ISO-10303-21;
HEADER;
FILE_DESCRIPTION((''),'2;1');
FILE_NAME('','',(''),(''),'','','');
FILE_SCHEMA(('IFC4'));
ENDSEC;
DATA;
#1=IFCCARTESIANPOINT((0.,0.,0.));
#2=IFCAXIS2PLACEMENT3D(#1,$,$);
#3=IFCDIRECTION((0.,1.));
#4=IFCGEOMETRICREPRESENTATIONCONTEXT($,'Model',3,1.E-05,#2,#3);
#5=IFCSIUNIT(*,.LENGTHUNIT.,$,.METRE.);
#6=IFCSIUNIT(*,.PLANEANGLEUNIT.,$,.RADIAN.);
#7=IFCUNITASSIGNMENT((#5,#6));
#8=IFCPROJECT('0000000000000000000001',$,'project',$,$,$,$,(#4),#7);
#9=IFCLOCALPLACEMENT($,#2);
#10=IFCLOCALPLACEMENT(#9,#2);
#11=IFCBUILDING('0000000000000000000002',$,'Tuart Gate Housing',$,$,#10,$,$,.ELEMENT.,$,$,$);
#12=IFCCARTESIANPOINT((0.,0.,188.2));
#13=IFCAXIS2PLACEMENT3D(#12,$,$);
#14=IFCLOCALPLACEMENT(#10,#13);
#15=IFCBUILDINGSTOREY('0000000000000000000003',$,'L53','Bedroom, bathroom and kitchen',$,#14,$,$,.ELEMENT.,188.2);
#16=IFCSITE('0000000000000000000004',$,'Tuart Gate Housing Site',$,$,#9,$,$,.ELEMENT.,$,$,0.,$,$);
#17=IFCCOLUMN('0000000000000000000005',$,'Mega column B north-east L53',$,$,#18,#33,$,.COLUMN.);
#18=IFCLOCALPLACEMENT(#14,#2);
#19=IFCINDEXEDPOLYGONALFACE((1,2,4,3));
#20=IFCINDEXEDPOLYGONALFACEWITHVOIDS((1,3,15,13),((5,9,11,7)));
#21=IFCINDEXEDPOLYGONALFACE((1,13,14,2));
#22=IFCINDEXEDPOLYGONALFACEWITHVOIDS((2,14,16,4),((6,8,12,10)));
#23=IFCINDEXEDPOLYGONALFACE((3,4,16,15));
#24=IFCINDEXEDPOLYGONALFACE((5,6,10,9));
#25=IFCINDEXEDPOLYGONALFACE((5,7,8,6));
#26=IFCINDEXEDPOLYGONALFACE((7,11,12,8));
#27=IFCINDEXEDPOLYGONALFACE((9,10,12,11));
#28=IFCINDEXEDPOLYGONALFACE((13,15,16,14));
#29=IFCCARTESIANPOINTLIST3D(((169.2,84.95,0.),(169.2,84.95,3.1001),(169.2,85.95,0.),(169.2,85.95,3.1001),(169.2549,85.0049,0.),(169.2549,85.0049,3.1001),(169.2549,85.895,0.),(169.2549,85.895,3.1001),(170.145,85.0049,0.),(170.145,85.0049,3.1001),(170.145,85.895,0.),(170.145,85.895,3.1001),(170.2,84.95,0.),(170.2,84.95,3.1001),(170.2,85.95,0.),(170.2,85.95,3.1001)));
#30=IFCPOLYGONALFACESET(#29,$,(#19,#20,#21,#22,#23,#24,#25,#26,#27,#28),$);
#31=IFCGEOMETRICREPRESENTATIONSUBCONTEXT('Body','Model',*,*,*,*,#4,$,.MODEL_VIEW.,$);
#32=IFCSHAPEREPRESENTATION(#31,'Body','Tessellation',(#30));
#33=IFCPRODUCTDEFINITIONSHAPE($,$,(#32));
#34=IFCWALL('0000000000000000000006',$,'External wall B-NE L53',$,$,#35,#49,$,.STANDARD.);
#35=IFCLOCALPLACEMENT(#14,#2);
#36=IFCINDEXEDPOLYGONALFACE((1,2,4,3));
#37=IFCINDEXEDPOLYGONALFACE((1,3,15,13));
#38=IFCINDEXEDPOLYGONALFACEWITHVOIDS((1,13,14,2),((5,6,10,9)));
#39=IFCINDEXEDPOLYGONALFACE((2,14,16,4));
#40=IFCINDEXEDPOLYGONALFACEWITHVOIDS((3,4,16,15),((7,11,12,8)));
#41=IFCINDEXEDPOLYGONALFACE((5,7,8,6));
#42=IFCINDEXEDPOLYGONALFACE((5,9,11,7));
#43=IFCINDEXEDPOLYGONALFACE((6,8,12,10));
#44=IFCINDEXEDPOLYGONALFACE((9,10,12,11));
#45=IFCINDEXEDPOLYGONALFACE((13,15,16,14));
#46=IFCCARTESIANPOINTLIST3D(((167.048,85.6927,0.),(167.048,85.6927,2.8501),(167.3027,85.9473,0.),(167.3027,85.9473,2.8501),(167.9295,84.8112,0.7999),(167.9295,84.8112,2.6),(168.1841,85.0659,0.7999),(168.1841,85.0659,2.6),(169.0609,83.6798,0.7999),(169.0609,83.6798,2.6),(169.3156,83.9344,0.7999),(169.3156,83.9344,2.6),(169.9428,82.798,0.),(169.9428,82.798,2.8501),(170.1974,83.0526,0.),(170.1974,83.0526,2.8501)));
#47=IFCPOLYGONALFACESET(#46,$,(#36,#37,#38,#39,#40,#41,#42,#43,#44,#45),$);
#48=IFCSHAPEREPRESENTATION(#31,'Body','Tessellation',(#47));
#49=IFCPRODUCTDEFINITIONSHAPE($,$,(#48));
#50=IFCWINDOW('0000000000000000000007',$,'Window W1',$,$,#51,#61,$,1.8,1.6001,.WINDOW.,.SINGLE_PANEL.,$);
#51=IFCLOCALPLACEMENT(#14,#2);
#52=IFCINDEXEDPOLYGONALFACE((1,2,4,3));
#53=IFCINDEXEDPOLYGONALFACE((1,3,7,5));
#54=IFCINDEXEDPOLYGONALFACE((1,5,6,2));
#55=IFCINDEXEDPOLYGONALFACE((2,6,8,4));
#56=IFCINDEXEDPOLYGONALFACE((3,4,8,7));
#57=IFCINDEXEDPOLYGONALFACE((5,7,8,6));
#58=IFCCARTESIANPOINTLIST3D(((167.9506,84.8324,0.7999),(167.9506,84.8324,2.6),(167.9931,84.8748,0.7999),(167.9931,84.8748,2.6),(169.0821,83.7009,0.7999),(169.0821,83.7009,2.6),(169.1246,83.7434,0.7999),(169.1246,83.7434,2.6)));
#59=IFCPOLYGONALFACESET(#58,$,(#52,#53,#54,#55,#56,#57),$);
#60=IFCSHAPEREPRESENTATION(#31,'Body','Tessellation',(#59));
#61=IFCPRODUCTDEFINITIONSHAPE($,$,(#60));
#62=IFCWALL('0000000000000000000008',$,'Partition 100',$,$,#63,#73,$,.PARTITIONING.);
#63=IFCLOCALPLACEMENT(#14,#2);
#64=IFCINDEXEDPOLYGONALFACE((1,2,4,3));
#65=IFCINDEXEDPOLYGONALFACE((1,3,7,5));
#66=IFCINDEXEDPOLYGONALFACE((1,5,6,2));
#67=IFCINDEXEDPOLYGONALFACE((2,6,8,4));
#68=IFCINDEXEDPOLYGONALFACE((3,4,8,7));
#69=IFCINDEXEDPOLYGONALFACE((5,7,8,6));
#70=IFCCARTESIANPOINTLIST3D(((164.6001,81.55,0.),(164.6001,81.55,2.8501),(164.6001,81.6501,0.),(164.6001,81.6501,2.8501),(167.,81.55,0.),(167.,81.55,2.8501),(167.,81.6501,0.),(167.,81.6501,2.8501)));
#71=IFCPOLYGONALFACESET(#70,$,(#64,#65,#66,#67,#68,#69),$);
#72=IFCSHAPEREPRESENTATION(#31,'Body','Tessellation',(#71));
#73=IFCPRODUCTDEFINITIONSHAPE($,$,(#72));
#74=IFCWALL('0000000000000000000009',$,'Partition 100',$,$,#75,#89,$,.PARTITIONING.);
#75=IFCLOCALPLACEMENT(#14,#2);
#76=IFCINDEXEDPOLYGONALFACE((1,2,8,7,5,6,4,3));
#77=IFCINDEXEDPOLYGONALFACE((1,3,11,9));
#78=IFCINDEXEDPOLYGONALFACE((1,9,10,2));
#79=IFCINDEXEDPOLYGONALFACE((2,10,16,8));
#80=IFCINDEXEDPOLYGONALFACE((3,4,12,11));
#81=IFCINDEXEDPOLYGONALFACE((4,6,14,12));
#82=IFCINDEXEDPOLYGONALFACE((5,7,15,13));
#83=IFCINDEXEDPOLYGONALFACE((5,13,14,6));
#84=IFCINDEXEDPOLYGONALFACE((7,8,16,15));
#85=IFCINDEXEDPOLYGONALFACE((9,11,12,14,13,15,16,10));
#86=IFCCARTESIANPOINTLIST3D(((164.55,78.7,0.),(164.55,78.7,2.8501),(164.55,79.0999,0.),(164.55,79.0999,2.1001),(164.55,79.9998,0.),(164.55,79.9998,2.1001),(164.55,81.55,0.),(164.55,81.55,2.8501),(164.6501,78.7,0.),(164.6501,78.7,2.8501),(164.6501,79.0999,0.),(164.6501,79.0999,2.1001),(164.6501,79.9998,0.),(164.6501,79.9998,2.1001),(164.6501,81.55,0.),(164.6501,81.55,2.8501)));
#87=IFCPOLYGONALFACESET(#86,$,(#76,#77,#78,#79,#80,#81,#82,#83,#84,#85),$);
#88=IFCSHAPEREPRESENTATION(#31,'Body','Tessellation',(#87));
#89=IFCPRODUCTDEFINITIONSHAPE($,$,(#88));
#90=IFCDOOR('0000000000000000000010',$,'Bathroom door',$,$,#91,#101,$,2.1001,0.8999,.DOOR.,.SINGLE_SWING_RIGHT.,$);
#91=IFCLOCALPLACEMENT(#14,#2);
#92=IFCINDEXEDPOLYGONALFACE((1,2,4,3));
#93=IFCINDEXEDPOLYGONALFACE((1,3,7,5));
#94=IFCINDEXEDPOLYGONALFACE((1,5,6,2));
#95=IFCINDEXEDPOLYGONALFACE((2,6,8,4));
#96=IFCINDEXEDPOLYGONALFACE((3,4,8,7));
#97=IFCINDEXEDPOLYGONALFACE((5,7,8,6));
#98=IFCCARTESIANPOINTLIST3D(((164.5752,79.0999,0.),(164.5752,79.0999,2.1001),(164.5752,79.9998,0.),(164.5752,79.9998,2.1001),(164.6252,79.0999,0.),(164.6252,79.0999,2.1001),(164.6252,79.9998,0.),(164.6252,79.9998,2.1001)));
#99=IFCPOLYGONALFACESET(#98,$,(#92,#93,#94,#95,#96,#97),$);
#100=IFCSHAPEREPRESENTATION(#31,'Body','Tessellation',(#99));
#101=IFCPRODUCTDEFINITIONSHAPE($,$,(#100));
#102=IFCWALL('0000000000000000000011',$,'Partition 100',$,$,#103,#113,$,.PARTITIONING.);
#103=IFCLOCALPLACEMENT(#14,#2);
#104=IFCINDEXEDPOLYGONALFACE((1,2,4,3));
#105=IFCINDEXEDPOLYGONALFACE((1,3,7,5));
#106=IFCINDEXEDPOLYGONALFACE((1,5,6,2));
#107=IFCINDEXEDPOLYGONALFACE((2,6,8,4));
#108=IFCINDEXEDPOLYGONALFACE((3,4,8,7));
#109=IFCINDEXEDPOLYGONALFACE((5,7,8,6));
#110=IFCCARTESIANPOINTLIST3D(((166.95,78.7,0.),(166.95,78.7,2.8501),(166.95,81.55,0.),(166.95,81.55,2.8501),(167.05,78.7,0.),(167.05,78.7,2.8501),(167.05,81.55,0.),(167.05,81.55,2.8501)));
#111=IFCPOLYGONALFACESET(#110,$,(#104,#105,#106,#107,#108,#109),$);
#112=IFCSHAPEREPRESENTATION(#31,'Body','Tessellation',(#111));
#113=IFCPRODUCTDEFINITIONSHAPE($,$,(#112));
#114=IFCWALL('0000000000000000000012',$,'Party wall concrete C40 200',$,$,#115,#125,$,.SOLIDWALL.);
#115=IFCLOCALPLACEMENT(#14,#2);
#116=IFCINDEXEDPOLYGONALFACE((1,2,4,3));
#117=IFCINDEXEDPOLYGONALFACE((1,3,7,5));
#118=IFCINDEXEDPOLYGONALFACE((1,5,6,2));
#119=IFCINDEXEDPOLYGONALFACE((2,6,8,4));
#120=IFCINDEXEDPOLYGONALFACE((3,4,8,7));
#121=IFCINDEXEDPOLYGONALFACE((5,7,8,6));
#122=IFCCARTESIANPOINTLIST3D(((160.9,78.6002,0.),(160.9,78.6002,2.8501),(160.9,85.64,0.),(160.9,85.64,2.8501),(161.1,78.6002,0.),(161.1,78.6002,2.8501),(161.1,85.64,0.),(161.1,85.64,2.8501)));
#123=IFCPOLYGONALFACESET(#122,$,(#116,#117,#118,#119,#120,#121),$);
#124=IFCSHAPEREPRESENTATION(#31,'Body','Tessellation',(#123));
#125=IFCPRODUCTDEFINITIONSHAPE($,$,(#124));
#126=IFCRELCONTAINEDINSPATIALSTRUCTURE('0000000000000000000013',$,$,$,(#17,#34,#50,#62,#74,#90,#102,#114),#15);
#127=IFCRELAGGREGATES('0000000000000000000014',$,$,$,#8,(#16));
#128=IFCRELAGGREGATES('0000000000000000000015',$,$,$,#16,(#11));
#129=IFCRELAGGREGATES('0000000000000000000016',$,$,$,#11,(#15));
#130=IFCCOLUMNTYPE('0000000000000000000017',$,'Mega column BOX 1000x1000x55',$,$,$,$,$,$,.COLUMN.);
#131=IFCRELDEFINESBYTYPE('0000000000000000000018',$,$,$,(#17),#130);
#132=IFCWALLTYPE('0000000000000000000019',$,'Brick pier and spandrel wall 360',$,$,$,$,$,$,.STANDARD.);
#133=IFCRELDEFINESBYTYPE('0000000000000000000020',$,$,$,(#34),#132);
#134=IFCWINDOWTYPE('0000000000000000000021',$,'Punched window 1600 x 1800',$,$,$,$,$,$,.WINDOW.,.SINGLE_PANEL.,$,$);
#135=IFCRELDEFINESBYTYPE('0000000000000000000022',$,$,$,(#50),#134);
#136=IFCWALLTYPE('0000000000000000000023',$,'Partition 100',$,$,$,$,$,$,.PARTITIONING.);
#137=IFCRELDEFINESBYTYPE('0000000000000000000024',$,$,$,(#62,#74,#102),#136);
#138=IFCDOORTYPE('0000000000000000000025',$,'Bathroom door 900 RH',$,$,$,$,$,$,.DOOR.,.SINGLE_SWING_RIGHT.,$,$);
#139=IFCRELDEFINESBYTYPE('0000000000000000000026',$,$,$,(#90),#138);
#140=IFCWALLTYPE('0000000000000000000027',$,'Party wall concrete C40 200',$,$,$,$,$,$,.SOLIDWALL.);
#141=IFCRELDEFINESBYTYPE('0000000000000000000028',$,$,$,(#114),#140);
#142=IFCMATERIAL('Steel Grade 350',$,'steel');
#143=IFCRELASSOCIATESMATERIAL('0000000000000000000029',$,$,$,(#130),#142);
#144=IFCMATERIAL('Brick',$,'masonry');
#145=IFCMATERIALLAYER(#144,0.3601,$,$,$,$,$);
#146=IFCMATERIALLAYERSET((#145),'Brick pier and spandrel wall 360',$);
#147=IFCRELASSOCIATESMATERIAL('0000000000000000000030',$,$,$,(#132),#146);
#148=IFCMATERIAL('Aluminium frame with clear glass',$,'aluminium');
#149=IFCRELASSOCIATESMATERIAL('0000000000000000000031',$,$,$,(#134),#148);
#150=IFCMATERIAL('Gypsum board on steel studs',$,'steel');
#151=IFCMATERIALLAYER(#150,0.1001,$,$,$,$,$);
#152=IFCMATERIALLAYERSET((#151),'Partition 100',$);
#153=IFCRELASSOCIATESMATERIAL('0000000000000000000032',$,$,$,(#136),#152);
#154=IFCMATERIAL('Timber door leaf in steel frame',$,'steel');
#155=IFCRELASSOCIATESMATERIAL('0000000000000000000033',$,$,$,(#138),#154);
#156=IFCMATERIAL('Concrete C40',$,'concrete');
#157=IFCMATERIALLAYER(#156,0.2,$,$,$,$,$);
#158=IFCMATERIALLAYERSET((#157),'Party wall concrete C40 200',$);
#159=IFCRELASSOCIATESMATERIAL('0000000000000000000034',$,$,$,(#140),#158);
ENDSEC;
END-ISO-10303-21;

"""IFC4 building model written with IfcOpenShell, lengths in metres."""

from ifc_helpers import new_model, si_unit, direction, frame, frame_2d, origin, origin_2d, place, context, subcontext, project, spatial, rectangle, hollow_rectangle, extrude, material, layer, layer_set, material_profile, profile_set, type_object, element, fill, save


model = new_model("IFC4")

# Units and contexts
model_context = context("Model", 3, precision=1e-05, world=origin(), true_north=direction((0.0, 1.0)))
body_context = subcontext(model_context, "Body", "Model", "MODEL_VIEW")
ifc_project = project(units=[si_unit("LENGTHUNIT", "METRE"), si_unit("PLANEANGLEUNIT", "RADIAN")], contexts=[model_context])

# Site, building, storey
site_placement = place(None, origin())
site = spatial("IfcSite", under=ifc_project, at=site_placement, Name="Tuart Gate Housing Site", CompositionType="ELEMENT", RefElevation=0.0)
building_placement = place(site_placement, origin())
building = spatial("IfcBuilding", under=site, at=building_placement, Name="Tuart Gate Housing", CompositionType="ELEMENT")
storey_placement = place(building_placement, frame((0.0, 0.0, 188.2)))
storey = spatial("IfcBuildingStorey", under=building, at=storey_placement, Name="L53", Description="Bedroom, bathroom and kitchen", CompositionType="ELEMENT", Elevation=188.2)

# Column
ifc_material_1 = material(Name="Steel Grade 350", Category="steel")
ifc_material_profile = material_profile(ifc_material_1, hollow_rectangle(XDim=1.0, YDim=1.0, WallThickness=0.0549, at=origin_2d()), Name="BOX 1000x1000x55")
ifc_profile_set = profile_set([ifc_material_profile], Name="Steel Grade 350")
column_type = type_object("IfcColumnType", Name="Mega column BOX 1000x1000x55", PredefinedType="COLUMN", material=ifc_profile_set)
column_placement = place(storey_placement, frame((169.7, 85.45, 0.0), z_axis=(0.0, 0.0, 1.0), x_axis=(1.0, 0.0, 0.0)))
element("IfcColumn", 1, at=column_placement, inside=storey, type_object=column_type, Name="Mega column B north-east L53", PredefinedType="COLUMN", context=body_context, shape_type="SweptSolid", body=[
    extrude(hollow_rectangle(XDim=1.0, YDim=1.0, WallThickness=0.0549, at=origin_2d()), origin(), (0.0, 0.0, 1.0), 3.1001),
])

# Wall, opening, window
ifc_material_2 = material(Name="Brick", Category="masonry")
ifc_layer_1 = layer(ifc_material_2, 0.3601)
ifc_layer_set_1 = layer_set([ifc_layer_1], Name="Brick pier and spandrel wall 360")
wall_type_1 = type_object("IfcWallType", Name="Brick pier and spandrel wall 360", PredefinedType="STANDARD", material=ifc_layer_set_1)
wall_1_placement = place(storey_placement, frame((170.0701, 82.9253, 0.0), z_axis=(0.0, 0.0, 1.0), x_axis=(-0.707107, 0.707107, 0.0)))
wall_1 = element("IfcWall", 2, at=wall_1_placement, inside=storey, type_object=wall_type_1, Name="External wall B-NE L53", PredefinedType="STANDARD", context=body_context, shape_type="SweptSolid", body=[
    extrude(rectangle(XDim=4.0938, YDim=0.3601, at=frame_2d((2.0469, 0.0))), origin(), (0.0, 0.0, 1.0), 2.8501),
])
opening_1_placement = place(wall_1_placement, frame((1.2471, 0.0, 0.8)))
opening_1 = element("IfcOpeningElement", 3, at=opening_1_placement, cuts=wall_1, PredefinedType="OPENING", context=body_context, shape_type="SweptSolid", body=[
    extrude(rectangle(XDim=1.6001, YDim=1.8, at=frame_2d((0.8, 0.8999))), frame((0.0, 0.1899, 0.0), z_axis=(0.0, -1.0, 0.0), x_axis=(1.0, 0.0, 0.0)), (0.0, 0.0, 1.0), 0.3801),
])
ifc_material_3 = material(Name="Aluminium frame with clear glass", Category="aluminium")
window_type_1 = type_object("IfcWindowType", Name="Punched window 1600 x 1800", PartitioningType="SINGLE_PANEL", PredefinedType="WINDOW", material=ifc_material_3)
window_1_placement = place(opening_1_placement, origin())
window_1 = element("IfcWindow", 4, at=window_1_placement, inside=storey, type_object=window_type_1, Name="Window W1", OverallHeight=1.8, OverallWidth=1.6001, PartitioningType="SINGLE_PANEL", PredefinedType="WINDOW", context=body_context, shape_type="SweptSolid", body=[
    extrude(rectangle(XDim=1.6001, YDim=1.8, at=frame_2d((0.8, 0.8999))), frame((0.0, 0.1501, 0.0), z_axis=(0.0, -1.0, 0.0), x_axis=(1.0, 0.0, 0.0)), (0.0, 0.0, 1.0), 0.0601),
])
fill(opening_1, window_1)

# Wall
ifc_material_4 = material(Name="Gypsum board on steel studs", Category="steel")
ifc_layer_2 = layer(ifc_material_4, 0.1001)
ifc_layer_set_2 = layer_set([ifc_layer_2], Name="Partition 100")
wall_type_2 = type_object("IfcWallType", Name="Partition 100", PredefinedType="PARTITIONING", material=ifc_layer_set_2)
wall_2_placement = place(storey_placement, frame((164.6001, 81.6001, 0.0), z_axis=(0.0, 0.0, 1.0), x_axis=(1.0, 0.0, 0.0)))
element("IfcWall", 5, at=wall_2_placement, inside=storey, type_object=wall_type_2, Name="Partition 100", PredefinedType="PARTITIONING", context=body_context, shape_type="SweptSolid", body=[
    extrude(rectangle(XDim=2.3999, YDim=0.1001, at=frame_2d((1.2, 0.0))), origin(), (0.0, 0.0, 1.0), 2.8501),
])

# Wall, opening, door
wall_3_placement = place(storey_placement, frame((164.6001, 78.7, 0.0), z_axis=(0.0, 0.0, 1.0), x_axis=(0.0, 1.0, 0.0)))
wall_3 = element("IfcWall", 6, at=wall_3_placement, inside=storey, type_object=wall_type_2, Name="Partition 100", PredefinedType="PARTITIONING", context=body_context, shape_type="SweptSolid", body=[
    extrude(rectangle(XDim=2.8501, YDim=0.1001, at=frame_2d((1.425, 0.0))), origin(), (0.0, 0.0, 1.0), 2.8501),
])
opening_2_placement = place(wall_3_placement, frame((0.3999, 0.0, 0.0)))
opening_2 = element("IfcOpeningElement", 7, at=opening_2_placement, cuts=wall_3, PredefinedType="OPENING", context=body_context, shape_type="SweptSolid", body=[
    extrude(rectangle(XDim=0.8999, YDim=2.1001, at=frame_2d((0.45, 1.05))), frame((0.0, 0.0601, 0.0), z_axis=(0.0, -1.0, 0.0), x_axis=(1.0, 0.0, 0.0)), (0.0, 0.0, 1.0), 0.1201),
])
ifc_material_5 = material(Name="Timber door leaf in steel frame", Category="steel")
door_type = type_object("IfcDoorType", Name="Bathroom door 900 RH", OperationType="SINGLE_SWING_RIGHT", PredefinedType="DOOR", material=ifc_material_5)
door_placement = place(opening_2_placement, frame((0.8999, 0.0, 0.0), z_axis=(0.0, 0.0, 1.0), x_axis=(-1.0, 0.0, 0.0)))
door = element("IfcDoor", 8, at=door_placement, inside=storey, type_object=door_type, Name="Bathroom door", OperationType="SINGLE_SWING_RIGHT", OverallHeight=2.1001, OverallWidth=0.8999, PredefinedType="DOOR", context=body_context, shape_type="SweptSolid", body=[
    extrude(rectangle(XDim=0.8999, YDim=2.1001, at=frame_2d((0.45, 1.05))), frame((0.0, 0.0251, 0.0), z_axis=(0.0, -1.0, 0.0), x_axis=(1.0, 0.0, 0.0)), (0.0, 0.0, 1.0), 0.05),
])
fill(opening_2, door)

# Walls
wall_4_placement = place(storey_placement, frame((167.0, 78.7, 0.0), z_axis=(0.0, 0.0, 1.0), x_axis=(0.0, 1.0, 0.0)))
element("IfcWall", 9, at=wall_4_placement, inside=storey, type_object=wall_type_2, Name="Partition 100", PredefinedType="PARTITIONING", context=body_context, shape_type="SweptSolid", body=[
    extrude(rectangle(XDim=2.8501, YDim=0.1001, at=frame_2d((1.425, 0.0))), origin(), (0.0, 0.0, 1.0), 2.8501),
])
ifc_material_6 = material(Name="Concrete C40", Category="concrete")
ifc_layer_3 = layer(ifc_material_6, 0.2)
ifc_layer_set_3 = layer_set([ifc_layer_3], Name="Party wall concrete C40 200")
wall_type_3 = type_object("IfcWallType", Name="Party wall concrete C40 200", PredefinedType="SOLIDWALL", material=ifc_layer_set_3)
wall_5_placement = place(storey_placement, frame((161.0, 78.6001, 0.0), z_axis=(0.0, 0.0, 1.0), x_axis=(0.0, 1.0, 0.0)))
element("IfcWall", 10, at=wall_5_placement, inside=storey, type_object=wall_type_3, Name="Party wall concrete C40 200", PredefinedType="SOLIDWALL", context=body_context, shape_type="SweptSolid", body=[
    extrude(rectangle(XDim=7.0398, YDim=0.2, at=frame_2d((3.52, 0.0))), origin(), (0.0, 0.0, 1.0), 2.8501),
])

save(model, "model.ifc")
